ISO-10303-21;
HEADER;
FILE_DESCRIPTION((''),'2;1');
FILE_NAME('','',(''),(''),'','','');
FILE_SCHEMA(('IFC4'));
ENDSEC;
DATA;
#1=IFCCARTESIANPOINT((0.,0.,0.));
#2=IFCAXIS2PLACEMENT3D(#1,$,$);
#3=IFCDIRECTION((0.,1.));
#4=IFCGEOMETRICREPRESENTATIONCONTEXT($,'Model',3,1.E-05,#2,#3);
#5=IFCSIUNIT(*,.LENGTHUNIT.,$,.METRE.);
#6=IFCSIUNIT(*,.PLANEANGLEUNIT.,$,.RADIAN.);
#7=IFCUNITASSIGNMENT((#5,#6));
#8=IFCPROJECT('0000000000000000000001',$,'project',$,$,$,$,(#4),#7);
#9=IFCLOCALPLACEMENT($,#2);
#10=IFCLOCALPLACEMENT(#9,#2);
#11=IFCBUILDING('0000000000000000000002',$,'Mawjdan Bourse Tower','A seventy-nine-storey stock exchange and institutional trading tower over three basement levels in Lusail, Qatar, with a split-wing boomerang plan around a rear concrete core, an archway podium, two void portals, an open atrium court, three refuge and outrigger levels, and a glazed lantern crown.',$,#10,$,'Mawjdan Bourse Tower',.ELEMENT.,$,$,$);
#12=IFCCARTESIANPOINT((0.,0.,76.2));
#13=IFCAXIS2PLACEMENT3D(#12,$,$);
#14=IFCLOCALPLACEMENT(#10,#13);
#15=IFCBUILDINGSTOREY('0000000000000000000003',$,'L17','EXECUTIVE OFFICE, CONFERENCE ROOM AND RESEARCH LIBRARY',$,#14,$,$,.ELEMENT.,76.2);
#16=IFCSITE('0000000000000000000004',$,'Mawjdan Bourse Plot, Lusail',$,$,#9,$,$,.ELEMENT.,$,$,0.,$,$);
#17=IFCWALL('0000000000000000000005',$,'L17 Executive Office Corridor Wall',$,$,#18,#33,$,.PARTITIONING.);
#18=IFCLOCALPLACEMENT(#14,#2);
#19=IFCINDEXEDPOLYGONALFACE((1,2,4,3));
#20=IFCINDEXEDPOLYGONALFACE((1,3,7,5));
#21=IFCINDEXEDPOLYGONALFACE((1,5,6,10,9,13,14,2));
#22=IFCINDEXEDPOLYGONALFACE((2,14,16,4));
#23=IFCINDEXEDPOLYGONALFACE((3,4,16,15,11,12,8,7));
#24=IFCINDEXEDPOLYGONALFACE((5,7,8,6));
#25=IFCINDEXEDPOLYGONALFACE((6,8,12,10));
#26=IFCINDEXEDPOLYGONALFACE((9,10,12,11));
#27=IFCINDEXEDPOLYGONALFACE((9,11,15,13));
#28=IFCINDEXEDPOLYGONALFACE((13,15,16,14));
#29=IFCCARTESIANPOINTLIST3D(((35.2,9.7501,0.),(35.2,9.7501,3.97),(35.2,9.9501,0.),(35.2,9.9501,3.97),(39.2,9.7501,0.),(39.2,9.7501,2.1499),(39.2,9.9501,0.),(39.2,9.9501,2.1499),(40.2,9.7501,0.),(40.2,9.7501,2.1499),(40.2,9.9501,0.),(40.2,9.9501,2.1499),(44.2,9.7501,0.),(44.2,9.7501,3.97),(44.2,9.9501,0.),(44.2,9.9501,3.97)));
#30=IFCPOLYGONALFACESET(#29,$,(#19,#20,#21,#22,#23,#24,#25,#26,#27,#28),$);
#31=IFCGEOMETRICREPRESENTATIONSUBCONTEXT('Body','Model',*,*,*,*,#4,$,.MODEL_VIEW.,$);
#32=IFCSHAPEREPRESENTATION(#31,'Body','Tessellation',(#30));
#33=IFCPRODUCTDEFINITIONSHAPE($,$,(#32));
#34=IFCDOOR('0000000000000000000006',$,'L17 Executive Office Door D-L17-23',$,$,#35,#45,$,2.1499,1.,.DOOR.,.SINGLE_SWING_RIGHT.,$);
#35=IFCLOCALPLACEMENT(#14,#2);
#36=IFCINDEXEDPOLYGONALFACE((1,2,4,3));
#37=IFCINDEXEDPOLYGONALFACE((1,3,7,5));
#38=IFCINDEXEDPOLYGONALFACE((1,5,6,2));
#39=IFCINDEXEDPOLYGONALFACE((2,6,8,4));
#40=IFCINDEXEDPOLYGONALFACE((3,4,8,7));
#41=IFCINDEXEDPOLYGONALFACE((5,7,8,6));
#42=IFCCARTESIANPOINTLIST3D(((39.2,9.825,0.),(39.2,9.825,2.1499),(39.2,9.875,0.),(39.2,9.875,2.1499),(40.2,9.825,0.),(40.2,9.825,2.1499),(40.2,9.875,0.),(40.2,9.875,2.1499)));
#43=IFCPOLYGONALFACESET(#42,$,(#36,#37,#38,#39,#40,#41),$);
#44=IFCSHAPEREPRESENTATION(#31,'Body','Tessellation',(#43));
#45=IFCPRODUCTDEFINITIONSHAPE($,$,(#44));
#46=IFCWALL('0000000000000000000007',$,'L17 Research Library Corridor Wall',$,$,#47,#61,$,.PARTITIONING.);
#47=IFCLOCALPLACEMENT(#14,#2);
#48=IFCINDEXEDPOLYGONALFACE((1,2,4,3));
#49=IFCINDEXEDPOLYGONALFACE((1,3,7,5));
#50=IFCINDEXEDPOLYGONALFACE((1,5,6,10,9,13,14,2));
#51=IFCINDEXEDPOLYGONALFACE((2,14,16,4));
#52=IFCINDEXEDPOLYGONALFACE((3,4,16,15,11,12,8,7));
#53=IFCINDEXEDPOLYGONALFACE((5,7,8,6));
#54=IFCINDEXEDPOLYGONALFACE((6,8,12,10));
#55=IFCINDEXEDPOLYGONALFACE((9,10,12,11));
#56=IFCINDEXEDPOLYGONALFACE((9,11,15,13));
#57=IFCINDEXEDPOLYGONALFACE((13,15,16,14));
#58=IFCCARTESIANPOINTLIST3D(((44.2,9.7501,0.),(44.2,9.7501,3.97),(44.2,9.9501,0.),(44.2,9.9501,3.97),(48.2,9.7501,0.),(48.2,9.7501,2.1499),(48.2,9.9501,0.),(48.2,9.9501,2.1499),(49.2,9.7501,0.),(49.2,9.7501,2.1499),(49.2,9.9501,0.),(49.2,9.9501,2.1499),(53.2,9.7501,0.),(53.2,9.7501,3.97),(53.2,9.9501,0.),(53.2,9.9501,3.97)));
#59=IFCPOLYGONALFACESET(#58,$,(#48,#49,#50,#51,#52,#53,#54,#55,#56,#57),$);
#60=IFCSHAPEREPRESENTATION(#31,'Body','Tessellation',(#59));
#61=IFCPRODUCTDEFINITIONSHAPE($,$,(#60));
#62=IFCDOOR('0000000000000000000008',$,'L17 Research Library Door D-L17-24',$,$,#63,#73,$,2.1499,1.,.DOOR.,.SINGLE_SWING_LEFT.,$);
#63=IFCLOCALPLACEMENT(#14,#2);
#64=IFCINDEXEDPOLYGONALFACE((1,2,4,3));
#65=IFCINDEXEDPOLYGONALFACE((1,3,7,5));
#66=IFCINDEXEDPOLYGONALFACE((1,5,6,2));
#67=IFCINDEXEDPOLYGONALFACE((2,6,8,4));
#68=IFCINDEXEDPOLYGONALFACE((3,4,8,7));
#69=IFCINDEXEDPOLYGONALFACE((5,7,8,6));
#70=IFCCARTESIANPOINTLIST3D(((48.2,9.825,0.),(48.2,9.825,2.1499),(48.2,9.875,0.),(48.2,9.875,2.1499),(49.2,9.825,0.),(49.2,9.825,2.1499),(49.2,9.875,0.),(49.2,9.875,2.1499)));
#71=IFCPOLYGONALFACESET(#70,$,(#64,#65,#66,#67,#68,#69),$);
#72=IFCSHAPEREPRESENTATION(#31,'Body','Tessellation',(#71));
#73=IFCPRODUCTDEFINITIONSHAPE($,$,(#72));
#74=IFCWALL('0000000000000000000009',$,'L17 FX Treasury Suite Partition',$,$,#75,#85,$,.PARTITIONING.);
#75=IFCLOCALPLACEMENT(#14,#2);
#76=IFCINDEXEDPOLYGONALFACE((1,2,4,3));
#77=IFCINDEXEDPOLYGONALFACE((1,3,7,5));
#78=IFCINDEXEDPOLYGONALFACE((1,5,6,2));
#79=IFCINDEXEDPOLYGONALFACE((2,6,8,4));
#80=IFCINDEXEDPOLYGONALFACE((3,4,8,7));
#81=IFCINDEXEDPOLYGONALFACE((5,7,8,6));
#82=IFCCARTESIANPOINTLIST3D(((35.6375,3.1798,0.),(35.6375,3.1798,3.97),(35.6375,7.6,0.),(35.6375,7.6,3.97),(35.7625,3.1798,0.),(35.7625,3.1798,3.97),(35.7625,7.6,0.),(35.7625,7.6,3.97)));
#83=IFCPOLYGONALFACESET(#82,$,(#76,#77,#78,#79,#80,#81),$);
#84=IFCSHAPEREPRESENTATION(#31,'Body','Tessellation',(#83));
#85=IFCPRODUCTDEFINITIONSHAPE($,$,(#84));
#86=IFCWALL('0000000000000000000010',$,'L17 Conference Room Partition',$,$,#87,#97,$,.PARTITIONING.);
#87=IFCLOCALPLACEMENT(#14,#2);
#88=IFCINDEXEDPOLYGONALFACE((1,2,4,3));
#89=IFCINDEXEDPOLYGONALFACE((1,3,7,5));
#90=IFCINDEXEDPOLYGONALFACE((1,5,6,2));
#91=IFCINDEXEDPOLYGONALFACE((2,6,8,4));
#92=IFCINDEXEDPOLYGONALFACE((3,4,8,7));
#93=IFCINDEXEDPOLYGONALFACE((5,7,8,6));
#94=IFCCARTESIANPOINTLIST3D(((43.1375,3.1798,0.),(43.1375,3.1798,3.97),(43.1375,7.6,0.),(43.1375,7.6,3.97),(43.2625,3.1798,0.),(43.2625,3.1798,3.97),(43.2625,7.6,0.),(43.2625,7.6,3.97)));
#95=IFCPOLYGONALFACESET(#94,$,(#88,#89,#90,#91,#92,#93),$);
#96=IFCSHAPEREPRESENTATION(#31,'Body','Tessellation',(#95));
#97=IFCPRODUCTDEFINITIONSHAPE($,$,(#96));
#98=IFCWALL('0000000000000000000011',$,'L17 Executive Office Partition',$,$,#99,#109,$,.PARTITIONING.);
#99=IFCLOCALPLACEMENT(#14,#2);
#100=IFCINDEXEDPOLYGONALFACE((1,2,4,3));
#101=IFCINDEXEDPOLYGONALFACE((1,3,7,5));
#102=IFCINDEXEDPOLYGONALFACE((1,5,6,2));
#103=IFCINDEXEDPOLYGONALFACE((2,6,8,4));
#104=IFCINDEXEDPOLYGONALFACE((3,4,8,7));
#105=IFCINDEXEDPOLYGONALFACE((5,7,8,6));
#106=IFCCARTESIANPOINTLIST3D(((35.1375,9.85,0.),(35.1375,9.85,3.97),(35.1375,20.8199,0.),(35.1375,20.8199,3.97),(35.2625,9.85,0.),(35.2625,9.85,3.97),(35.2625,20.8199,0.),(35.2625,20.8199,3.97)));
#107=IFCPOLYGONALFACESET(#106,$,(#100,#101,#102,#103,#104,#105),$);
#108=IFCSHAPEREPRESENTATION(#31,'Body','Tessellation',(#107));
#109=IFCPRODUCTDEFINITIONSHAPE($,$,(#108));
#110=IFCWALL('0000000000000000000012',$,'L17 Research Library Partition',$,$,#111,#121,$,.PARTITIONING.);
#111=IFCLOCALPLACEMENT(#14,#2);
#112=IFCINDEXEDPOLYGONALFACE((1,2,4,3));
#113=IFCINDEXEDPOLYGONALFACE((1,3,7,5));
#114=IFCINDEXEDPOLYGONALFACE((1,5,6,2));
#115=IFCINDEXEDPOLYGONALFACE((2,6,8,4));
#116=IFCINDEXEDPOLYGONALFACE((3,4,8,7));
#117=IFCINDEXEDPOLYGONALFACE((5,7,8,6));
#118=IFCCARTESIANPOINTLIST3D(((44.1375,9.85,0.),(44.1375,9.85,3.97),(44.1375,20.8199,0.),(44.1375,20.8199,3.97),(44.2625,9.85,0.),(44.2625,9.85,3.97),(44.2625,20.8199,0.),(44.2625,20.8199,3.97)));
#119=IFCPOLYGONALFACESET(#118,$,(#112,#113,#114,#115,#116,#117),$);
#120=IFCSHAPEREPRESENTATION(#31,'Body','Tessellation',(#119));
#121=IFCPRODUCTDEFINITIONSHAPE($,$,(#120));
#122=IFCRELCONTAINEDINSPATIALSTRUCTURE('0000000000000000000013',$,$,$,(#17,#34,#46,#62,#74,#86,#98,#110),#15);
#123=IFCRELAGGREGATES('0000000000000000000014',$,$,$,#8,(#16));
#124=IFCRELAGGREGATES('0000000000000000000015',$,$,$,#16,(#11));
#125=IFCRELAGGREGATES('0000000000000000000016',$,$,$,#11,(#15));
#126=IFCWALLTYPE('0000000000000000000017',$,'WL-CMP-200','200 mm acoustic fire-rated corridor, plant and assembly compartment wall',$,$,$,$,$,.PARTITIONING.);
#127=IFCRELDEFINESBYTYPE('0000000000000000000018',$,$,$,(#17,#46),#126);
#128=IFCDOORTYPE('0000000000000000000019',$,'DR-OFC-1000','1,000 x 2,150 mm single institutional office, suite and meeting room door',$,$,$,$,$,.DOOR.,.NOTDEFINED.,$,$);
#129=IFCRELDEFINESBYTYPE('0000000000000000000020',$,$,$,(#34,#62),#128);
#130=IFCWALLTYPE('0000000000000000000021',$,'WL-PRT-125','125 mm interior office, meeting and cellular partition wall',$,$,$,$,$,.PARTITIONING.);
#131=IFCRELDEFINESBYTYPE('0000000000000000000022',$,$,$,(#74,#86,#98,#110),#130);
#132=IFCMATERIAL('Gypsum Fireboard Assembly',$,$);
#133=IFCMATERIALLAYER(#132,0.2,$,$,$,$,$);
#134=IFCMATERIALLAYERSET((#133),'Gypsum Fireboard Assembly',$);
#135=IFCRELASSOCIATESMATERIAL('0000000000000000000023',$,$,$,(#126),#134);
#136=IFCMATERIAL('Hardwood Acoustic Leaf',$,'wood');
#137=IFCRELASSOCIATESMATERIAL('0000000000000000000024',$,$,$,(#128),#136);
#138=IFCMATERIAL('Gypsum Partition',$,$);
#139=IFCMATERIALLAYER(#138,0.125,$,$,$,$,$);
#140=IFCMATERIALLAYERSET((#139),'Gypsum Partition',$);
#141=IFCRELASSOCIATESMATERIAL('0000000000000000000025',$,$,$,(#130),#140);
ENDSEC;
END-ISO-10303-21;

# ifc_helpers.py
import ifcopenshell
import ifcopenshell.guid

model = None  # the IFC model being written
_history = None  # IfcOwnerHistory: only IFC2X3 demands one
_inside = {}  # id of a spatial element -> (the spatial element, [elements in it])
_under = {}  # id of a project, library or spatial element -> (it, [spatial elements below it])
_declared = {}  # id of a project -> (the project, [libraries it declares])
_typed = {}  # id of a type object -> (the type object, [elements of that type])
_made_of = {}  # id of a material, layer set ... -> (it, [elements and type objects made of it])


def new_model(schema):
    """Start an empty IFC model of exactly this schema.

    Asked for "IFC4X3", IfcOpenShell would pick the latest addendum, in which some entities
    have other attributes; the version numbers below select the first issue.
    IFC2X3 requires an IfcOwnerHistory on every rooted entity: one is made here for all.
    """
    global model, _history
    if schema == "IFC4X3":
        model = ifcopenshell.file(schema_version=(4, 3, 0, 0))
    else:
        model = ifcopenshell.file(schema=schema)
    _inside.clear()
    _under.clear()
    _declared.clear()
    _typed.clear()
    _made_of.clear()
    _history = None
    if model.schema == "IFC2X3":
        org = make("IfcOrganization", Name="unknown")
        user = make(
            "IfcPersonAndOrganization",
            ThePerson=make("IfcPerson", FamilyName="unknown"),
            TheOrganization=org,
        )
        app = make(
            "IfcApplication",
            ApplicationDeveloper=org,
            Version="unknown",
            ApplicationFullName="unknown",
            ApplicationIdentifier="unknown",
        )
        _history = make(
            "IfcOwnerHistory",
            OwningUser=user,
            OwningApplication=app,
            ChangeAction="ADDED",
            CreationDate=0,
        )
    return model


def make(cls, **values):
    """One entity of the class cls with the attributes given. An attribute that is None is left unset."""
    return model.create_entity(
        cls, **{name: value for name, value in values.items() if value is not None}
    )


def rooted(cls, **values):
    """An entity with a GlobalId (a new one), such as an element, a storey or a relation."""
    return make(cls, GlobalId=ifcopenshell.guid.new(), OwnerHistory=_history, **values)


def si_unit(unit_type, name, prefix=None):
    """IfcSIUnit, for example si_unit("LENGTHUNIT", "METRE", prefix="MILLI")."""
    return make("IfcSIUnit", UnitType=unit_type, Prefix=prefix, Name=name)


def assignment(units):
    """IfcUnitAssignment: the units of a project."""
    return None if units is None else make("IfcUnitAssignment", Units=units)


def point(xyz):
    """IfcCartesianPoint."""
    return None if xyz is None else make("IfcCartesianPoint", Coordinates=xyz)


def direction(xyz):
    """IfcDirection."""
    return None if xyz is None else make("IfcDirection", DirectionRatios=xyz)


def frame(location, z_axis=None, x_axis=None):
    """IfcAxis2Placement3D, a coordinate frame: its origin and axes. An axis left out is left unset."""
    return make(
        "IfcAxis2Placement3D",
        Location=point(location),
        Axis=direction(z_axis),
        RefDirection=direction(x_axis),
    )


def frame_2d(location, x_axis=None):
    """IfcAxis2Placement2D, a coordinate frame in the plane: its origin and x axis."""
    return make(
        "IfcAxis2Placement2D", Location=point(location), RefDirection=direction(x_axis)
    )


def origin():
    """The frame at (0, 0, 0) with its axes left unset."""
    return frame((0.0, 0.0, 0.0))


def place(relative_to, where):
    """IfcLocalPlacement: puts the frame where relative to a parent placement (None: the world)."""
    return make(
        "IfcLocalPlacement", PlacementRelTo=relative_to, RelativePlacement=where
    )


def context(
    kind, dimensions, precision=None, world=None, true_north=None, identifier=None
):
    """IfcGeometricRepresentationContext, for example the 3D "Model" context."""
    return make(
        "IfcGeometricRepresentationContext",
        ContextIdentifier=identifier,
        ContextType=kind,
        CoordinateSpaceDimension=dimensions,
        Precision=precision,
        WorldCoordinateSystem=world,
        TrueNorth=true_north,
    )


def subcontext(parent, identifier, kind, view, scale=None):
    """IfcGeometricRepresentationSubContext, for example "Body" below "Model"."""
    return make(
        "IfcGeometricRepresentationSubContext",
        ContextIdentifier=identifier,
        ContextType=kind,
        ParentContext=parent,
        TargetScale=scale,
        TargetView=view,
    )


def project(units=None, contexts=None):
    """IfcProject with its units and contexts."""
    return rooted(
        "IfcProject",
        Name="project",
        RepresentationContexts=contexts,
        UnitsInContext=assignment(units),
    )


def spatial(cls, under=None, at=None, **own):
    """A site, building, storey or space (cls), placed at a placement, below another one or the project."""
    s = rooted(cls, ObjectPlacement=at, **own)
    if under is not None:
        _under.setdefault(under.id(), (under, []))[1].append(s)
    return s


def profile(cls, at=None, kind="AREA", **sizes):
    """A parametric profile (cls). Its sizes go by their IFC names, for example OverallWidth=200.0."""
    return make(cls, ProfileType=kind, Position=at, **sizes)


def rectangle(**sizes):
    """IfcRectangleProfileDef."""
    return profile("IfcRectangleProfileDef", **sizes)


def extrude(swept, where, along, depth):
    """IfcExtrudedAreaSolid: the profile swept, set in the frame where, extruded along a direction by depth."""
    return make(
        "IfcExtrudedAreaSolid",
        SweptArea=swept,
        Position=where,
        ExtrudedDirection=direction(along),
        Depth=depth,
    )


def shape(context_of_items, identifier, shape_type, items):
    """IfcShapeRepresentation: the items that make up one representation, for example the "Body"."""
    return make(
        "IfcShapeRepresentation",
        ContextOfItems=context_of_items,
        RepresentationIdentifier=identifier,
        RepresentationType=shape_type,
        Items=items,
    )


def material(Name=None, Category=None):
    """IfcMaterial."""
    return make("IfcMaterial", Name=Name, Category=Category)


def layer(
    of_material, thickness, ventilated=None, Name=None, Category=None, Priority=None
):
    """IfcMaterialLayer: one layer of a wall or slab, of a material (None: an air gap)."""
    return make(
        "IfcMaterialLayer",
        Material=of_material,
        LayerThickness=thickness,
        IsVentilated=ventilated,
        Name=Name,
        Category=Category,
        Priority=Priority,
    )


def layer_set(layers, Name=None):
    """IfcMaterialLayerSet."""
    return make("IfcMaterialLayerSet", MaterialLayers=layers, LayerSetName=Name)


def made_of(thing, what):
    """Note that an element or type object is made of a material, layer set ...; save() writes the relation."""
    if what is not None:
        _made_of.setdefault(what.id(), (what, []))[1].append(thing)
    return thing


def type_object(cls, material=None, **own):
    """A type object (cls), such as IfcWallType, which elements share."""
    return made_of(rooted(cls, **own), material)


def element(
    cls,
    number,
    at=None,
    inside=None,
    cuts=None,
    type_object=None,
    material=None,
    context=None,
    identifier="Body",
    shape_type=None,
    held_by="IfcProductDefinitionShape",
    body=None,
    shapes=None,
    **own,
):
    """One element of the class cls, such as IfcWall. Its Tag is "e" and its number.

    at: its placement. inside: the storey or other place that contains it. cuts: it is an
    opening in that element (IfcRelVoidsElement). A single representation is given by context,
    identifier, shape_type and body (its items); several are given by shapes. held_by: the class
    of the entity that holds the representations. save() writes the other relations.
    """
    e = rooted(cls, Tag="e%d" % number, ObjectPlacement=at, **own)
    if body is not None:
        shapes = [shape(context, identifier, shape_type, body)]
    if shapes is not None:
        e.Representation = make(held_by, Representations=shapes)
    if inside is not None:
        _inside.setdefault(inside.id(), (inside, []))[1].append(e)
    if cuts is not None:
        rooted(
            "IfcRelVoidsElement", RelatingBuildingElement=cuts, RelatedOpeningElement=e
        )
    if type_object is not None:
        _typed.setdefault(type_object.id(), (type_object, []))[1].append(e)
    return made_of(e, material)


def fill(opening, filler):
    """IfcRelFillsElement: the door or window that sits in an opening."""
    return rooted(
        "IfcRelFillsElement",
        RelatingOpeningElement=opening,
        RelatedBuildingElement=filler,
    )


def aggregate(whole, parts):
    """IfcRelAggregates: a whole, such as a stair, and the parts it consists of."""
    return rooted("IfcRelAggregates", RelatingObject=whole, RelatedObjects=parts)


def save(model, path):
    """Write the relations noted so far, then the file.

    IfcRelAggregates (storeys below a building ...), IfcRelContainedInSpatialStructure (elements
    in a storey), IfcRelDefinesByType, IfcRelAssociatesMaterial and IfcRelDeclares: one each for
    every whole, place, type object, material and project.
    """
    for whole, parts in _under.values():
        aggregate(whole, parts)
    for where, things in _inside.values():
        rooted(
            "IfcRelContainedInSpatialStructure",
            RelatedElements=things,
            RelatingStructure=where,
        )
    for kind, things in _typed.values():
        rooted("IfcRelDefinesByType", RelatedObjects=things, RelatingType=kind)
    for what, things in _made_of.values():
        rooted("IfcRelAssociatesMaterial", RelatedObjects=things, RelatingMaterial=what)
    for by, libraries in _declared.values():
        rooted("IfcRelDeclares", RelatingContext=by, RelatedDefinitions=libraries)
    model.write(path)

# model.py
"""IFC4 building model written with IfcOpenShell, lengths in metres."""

from ifc_helpers import new_model, si_unit, direction, frame, frame_2d, origin, place, context, subcontext, project, spatial, rectangle, extrude, material, layer, layer_set, type_object, element, fill, save


model = new_model("IFC4")

# Units and contexts
model_context = context("Model", 3, precision=1e-05, world=origin(), true_north=direction((0.0, 1.0)))
body_context = subcontext(model_context, "Body", "Model", "MODEL_VIEW")
ifc_project = project(units=[si_unit("LENGTHUNIT", "METRE"), si_unit("PLANEANGLEUNIT", "RADIAN")], contexts=[model_context])

# Site, building, storey
site_placement = place(None, origin())
site = spatial("IfcSite", under=ifc_project, at=site_placement, Name="Mawjdan Bourse Plot, Lusail", CompositionType="ELEMENT", RefElevation=0.0)
building_placement = place(site_placement, origin())
building = spatial("IfcBuilding", under=site, at=building_placement, Name="Mawjdan Bourse Tower", Description="A seventy-nine-storey stock exchange and institutional trading tower over three basement levels in Lusail, Qatar, with a split-wing boomerang plan around a rear concrete core, an archway podium, two void portals, an open atrium court, three refuge and outrigger levels, and a glazed lantern crown.", LongName="Mawjdan Bourse Tower", CompositionType="ELEMENT")
storey_placement = place(building_placement, frame((0.0, 0.0, 76.2)))
storey = spatial("IfcBuildingStorey", under=building, at=storey_placement, Name="L17", Description="EXECUTIVE OFFICE, CONFERENCE ROOM AND RESEARCH LIBRARY", CompositionType="ELEMENT", Elevation=76.2)

# Walls, openings, doors
ifc_material_1 = material(Name="Gypsum Fireboard Assembly")
ifc_layer_1 = layer(ifc_material_1, 0.2)
ifc_layer_set_1 = layer_set([ifc_layer_1], Name="Gypsum Fireboard Assembly")
wall_type_1 = type_object("IfcWallType", Name="WL-CMP-200", Description="200 mm acoustic fire-rated corridor, plant and assembly compartment wall", PredefinedType="PARTITIONING", material=ifc_layer_set_1)
ifc_material_2 = material(Name="Hardwood Acoustic Leaf", Category="wood")
door_type_1 = type_object("IfcDoorType", Name="DR-OFC-1000", Description="1,000 x 2,150 mm single institutional office, suite and meeting room door", OperationType="NOTDEFINED", PredefinedType="DOOR", material=ifc_material_2)
wall_1_placement = place(storey_placement, frame((35.2, 9.8501, 0.0), z_axis=(0.0, 0.0, 1.0), x_axis=(1.0, 0.0, 0.0)))
wall_1 = element("IfcWall", 1, at=wall_1_placement, inside=storey, type_object=wall_type_1, Name="L17 Executive Office Corridor Wall", PredefinedType="PARTITIONING", context=body_context, shape_type="SweptSolid", body=[
    extrude(rectangle(XDim=9.0, YDim=0.2, at=frame_2d((4.5, 0.0))), origin(), (0.0, 0.0, 1.0), 3.97),
])
opening_1_placement = place(wall_1_placement, frame((4.0, 0.0, 0.0)))
opening_1 = element("IfcOpeningElement", 2, at=opening_1_placement, cuts=wall_1, PredefinedType="OPENING", context=body_context, shape_type="SweptSolid", body=[
    extrude(rectangle(XDim=1.0, YDim=2.1499, at=frame_2d((0.5, 1.075))), frame((0.0, 0.1099, 0.0), z_axis=(0.0, -1.0, 0.0), x_axis=(1.0, 0.0, 0.0)), (0.0, 0.0, 1.0), 0.22),
])
door_1_placement = place(opening_1_placement, origin())
door_1 = element("IfcDoor", 3, at=door_1_placement, inside=storey, type_object=door_type_1, Name="L17 Executive Office Door D-L17-23", OperationType="SINGLE_SWING_RIGHT", OverallHeight=2.1499, OverallWidth=1.0, PredefinedType="DOOR", context=body_context, shape_type="SweptSolid", body=[
    extrude(rectangle(XDim=1.0, YDim=2.1499, at=frame_2d((0.5, 1.075))), frame((0.0, 0.0249, 0.0), z_axis=(0.0, -1.0, 0.0), x_axis=(1.0, 0.0, 0.0)), (0.0, 0.0, 1.0), 0.05),
])
fill(opening_1, door_1)
wall_2_placement = place(storey_placement, frame((44.2, 9.8501, 0.0), z_axis=(0.0, 0.0, 1.0), x_axis=(1.0, 0.0, 0.0)))
wall_2 = element("IfcWall", 4, at=wall_2_placement, inside=storey, type_object=wall_type_1, Name="L17 Research Library Corridor Wall", PredefinedType="PARTITIONING", context=body_context, shape_type="SweptSolid", body=[
    extrude(rectangle(XDim=9.0, YDim=0.2, at=frame_2d((4.5, 0.0))), origin(), (0.0, 0.0, 1.0), 3.97),
])
opening_2_placement = place(wall_2_placement, frame((4.0, 0.0, 0.0)))
opening_2 = element("IfcOpeningElement", 5, at=opening_2_placement, cuts=wall_2, PredefinedType="OPENING", context=body_context, shape_type="SweptSolid", body=[
    extrude(rectangle(XDim=1.0, YDim=2.1499, at=frame_2d((0.5, 1.075))), frame((0.0, 0.1099, 0.0), z_axis=(0.0, -1.0, 0.0), x_axis=(1.0, 0.0, 0.0)), (0.0, 0.0, 1.0), 0.22),
])
door_2_placement = place(opening_2_placement, origin())
door_2 = element("IfcDoor", 6, at=door_2_placement, inside=storey, type_object=door_type_1, Name="L17 Research Library Door D-L17-24", OperationType="SINGLE_SWING_LEFT", OverallHeight=2.1499, OverallWidth=1.0, PredefinedType="DOOR", context=body_context, shape_type="SweptSolid", body=[
    extrude(rectangle(XDim=1.0, YDim=2.1499, at=frame_2d((0.5, 1.075))), frame((0.0, 0.0249, 0.0), z_axis=(0.0, -1.0, 0.0), x_axis=(1.0, 0.0, 0.0)), (0.0, 0.0, 1.0), 0.05),
])
fill(opening_2, door_2)

# Walls
ifc_material_3 = material(Name="Gypsum Partition")
ifc_layer_2 = layer(ifc_material_3, 0.125)
ifc_layer_set_2 = layer_set([ifc_layer_2], Name="Gypsum Partition")
wall_type_2 = type_object("IfcWallType", Name="WL-PRT-125", Description="125 mm interior office, meeting and cellular partition wall", PredefinedType="PARTITIONING", material=ifc_layer_set_2)
for number, where, z_axis, x_axis, name in (
    (7, (35.7, 3.1799, 0.0), (0.0, 0.0, 1.0), (0.0, 1.0, 0.0), "L17 FX Treasury Suite Partition"),
    (8, (43.2, 3.1799, 0.0), (0.0, 0.0, 1.0), (0.0, 1.0, 0.0), "L17 Conference Room Partition"),
):
    element("IfcWall", number, at=place(storey_placement, frame(where, z_axis=z_axis, x_axis=x_axis)), inside=storey, type_object=wall_type_2, Name=name, PredefinedType="PARTITIONING", context=body_context, shape_type="SweptSolid", body=[
        extrude(rectangle(XDim=4.4202, YDim=0.125, at=frame_2d((2.21, 0.0))), origin(), (0.0, 0.0, 1.0), 3.97),
    ])
for number, where, z_axis, x_axis, name in (
    (9, (35.2, 9.8501, 0.0), (0.0, 0.0, 1.0), (0.0, 1.0, 0.0), "L17 Executive Office Partition"),
    (10, (44.2, 9.8501, 0.0), (0.0, 0.0, 1.0), (0.0, 1.0, 0.0), "L17 Research Library Partition"),
):
    element("IfcWall", number, at=place(storey_placement, frame(where, z_axis=z_axis, x_axis=x_axis)), inside=storey, type_object=wall_type_2, Name=name, PredefinedType="PARTITIONING", context=body_context, shape_type="SweptSolid", body=[
        extrude(rectangle(XDim=10.97, YDim=0.125, at=frame_2d((5.4849, 0.0))), origin(), (0.0, 0.0, 1.0), 3.97),
    ])

save(model, "model.ifc")
